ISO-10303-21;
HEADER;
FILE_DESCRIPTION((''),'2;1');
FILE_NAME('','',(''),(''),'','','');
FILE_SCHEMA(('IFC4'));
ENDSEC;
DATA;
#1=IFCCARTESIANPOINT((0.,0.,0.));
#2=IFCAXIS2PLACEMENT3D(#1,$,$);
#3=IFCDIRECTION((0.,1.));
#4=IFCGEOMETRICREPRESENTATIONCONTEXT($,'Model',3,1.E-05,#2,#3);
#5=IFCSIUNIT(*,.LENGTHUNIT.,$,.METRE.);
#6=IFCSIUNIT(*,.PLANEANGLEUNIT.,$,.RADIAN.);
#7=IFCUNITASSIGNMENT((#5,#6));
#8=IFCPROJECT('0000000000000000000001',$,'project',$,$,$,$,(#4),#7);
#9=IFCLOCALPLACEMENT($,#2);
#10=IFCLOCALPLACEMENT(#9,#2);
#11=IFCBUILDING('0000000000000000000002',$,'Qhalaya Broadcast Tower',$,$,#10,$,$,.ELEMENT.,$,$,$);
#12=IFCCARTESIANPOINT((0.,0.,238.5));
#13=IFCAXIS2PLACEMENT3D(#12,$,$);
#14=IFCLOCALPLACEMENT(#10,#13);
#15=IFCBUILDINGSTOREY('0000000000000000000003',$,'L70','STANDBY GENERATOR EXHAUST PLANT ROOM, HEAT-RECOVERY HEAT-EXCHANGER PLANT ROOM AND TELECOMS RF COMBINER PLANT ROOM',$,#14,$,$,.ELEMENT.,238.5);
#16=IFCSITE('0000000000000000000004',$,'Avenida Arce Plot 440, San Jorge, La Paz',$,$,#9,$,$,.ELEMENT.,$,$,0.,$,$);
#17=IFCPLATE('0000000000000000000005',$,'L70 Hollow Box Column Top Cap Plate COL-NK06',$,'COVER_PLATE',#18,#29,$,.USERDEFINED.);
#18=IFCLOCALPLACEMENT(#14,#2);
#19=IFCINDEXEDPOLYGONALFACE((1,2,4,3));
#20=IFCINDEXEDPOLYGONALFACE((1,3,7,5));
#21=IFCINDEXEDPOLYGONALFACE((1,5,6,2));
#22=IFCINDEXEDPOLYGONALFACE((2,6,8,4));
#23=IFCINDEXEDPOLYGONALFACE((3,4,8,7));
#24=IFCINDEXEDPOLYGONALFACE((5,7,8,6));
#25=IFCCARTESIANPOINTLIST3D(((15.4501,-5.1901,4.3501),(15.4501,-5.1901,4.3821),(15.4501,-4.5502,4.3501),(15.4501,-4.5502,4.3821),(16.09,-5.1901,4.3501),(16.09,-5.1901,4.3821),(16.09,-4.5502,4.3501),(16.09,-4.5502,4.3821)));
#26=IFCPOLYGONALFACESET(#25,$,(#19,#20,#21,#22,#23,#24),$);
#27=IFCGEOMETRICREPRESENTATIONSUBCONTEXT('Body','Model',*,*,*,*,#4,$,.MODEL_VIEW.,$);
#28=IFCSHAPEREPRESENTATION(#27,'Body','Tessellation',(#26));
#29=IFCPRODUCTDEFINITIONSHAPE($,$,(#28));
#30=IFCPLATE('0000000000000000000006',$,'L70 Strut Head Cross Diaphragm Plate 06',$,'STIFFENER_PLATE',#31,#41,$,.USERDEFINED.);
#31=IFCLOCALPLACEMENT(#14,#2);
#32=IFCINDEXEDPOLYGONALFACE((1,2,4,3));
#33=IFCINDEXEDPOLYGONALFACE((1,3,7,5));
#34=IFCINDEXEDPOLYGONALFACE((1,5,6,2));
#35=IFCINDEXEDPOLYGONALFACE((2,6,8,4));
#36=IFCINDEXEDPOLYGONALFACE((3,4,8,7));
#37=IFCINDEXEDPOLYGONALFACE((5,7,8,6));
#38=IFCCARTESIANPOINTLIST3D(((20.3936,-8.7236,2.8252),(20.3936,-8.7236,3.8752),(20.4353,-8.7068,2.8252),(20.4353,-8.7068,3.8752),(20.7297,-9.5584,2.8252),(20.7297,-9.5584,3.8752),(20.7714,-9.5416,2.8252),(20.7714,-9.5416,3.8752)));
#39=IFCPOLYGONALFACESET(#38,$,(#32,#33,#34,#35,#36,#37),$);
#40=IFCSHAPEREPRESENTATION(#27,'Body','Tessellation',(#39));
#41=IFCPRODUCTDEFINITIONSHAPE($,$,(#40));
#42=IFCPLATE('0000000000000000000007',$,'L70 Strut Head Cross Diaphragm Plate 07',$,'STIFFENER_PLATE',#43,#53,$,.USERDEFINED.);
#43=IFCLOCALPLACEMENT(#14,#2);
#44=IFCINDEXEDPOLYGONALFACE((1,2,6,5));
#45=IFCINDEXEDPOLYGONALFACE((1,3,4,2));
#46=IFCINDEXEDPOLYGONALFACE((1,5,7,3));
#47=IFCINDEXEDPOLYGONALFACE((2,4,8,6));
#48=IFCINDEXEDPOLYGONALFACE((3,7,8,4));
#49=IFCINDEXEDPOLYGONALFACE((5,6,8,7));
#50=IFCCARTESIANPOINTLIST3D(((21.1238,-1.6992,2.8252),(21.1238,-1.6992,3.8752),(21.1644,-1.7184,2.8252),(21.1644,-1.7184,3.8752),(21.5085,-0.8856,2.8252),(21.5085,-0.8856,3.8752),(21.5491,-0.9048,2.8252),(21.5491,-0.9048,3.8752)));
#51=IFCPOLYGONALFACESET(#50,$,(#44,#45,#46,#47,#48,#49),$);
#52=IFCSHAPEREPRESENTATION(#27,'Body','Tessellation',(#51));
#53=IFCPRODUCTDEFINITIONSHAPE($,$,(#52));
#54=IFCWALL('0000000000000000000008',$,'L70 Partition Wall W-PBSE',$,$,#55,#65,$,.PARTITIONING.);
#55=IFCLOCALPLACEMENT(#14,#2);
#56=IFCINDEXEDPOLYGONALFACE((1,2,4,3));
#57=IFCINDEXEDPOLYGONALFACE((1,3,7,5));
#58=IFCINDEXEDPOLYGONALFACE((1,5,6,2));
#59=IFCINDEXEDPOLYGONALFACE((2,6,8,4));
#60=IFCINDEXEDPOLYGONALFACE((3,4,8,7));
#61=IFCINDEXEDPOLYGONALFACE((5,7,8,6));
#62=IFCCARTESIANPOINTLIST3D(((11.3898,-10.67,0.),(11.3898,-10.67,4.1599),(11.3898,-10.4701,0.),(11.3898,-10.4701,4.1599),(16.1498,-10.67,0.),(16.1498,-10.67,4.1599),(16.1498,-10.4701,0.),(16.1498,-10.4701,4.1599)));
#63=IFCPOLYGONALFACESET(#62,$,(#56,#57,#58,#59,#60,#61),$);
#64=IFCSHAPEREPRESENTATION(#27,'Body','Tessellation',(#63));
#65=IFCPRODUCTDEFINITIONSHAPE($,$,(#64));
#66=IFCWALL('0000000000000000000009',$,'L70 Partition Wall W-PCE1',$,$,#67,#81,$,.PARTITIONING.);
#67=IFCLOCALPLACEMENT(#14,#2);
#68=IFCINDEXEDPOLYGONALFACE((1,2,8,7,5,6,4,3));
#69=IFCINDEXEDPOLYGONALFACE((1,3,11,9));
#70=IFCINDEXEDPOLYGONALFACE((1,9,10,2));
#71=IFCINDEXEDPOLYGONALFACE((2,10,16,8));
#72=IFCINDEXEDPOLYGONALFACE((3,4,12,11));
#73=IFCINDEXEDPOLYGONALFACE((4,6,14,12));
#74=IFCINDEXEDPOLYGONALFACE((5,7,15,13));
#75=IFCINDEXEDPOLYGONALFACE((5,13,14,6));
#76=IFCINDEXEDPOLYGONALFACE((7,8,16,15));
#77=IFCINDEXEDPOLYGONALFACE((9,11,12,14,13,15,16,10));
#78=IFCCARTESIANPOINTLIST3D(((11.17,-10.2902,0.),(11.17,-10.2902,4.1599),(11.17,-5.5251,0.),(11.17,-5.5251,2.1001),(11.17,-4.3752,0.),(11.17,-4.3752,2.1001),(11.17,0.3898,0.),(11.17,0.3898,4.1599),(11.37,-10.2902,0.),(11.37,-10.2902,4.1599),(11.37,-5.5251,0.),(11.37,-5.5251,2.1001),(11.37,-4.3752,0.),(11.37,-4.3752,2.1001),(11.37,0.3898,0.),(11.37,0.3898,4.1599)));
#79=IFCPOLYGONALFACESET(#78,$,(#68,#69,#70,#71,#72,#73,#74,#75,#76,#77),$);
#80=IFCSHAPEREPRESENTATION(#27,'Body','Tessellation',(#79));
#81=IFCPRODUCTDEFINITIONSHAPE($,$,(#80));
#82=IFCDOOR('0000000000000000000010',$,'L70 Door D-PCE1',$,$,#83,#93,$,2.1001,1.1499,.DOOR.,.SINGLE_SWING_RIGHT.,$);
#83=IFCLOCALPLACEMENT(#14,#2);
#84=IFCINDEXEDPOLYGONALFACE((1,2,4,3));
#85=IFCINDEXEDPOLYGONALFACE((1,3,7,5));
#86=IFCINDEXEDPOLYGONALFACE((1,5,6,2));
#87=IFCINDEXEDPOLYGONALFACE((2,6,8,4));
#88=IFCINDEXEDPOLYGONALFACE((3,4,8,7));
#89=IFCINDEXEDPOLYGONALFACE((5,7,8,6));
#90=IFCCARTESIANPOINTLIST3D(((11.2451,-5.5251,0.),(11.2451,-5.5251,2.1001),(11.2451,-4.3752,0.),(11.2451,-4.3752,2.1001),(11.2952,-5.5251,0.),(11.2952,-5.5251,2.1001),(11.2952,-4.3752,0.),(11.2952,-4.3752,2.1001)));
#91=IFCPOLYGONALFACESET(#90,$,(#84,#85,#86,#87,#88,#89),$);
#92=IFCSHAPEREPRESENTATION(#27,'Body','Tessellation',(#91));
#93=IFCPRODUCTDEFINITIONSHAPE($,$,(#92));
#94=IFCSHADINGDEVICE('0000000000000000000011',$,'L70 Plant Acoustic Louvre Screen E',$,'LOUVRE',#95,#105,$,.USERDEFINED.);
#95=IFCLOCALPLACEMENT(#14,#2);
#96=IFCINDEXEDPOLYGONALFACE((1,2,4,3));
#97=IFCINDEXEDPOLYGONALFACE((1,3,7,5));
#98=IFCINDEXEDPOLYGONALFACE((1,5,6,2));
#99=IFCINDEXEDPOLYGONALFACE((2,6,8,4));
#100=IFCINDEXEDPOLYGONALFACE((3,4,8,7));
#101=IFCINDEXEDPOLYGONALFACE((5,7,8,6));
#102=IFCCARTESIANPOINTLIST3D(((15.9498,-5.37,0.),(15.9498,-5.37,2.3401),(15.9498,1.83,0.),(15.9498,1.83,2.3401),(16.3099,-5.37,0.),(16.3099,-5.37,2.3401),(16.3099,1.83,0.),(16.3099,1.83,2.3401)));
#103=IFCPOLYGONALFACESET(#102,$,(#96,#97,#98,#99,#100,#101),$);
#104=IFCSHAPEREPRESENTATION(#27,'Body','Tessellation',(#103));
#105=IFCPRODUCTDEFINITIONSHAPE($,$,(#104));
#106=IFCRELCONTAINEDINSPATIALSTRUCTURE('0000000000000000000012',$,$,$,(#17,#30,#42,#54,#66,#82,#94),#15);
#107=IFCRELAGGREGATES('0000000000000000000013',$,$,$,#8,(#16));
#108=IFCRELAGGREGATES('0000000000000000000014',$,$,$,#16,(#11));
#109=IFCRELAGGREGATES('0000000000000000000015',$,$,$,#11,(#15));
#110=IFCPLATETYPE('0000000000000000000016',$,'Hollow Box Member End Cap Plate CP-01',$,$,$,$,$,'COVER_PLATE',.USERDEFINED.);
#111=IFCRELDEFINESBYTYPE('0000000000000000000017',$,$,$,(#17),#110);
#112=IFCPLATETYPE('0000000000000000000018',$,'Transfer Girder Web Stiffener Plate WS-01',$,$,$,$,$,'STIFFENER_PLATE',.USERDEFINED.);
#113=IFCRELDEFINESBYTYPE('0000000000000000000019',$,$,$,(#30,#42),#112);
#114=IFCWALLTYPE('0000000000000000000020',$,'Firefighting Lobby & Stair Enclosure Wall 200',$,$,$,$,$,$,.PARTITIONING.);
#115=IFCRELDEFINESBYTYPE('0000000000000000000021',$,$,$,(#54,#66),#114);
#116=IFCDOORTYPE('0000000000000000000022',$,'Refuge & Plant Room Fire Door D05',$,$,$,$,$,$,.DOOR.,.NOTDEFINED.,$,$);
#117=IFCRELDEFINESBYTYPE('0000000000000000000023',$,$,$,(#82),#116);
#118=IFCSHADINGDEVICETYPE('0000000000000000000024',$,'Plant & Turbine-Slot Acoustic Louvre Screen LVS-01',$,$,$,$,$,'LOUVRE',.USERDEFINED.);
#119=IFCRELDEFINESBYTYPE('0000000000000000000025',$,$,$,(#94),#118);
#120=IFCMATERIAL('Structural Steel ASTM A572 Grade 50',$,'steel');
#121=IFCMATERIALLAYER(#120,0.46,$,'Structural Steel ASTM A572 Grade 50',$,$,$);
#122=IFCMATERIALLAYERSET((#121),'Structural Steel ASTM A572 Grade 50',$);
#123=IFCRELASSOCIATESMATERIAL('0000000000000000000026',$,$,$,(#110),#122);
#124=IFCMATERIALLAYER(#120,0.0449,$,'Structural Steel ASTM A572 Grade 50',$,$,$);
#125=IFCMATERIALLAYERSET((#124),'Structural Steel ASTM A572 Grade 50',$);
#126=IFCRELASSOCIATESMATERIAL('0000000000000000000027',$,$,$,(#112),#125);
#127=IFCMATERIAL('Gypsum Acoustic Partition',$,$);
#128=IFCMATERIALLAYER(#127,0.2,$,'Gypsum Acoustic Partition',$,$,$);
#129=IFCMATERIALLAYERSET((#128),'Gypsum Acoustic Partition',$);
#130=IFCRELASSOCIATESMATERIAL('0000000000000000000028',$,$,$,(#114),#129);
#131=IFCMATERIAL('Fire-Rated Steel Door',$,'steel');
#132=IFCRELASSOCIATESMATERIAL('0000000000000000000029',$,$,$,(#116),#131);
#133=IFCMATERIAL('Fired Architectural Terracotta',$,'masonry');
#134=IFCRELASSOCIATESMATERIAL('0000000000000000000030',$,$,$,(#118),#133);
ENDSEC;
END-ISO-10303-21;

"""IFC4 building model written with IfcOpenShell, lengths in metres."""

from ifc_helpers import new_model, si_unit, direction, frame, frame_2d, origin, origin_2d, place, context, subcontext, project, spatial, rectangle, extrude, material, layer, layer_set, type_object, element, fill, save


model = new_model("IFC4")

# Units and contexts
model_context = context("Model", 3, precision=1e-05, world=origin(), true_north=direction((0.0, 1.0)))
body_context = subcontext(model_context, "Body", "Model", "MODEL_VIEW")
ifc_project = project(units=[si_unit("LENGTHUNIT", "METRE"), si_unit("PLANEANGLEUNIT", "RADIAN")], contexts=[model_context])

# Site, building, storey
site_placement = place(None, origin())
site = spatial("IfcSite", under=ifc_project, at=site_placement, Name="Avenida Arce Plot 440, San Jorge, La Paz", CompositionType="ELEMENT", RefElevation=0.0)
building_placement = place(site_placement, origin())
building = spatial("IfcBuilding", under=site, at=building_placement, Name="Qhalaya Broadcast Tower", CompositionType="ELEMENT")
storey_placement = place(building_placement, frame((0.0, 0.0, 238.5)))
storey = spatial("IfcBuildingStorey", under=building, at=storey_placement, Name="L70", Description="STANDBY GENERATOR EXHAUST PLANT ROOM, HEAT-RECOVERY HEAT-EXCHANGER PLANT ROOM AND TELECOMS RF COMBINER PLANT ROOM", CompositionType="ELEMENT", Elevation=238.5)

# Shared definitions
ifc_material_1 = material(Name="Structural Steel ASTM A572 Grade 50", Category="steel")

# Plates
ifc_layer_1 = layer(ifc_material_1, 0.46, Name="Structural Steel ASTM A572 Grade 50")
ifc_layer_set_1 = layer_set([ifc_layer_1], Name="Structural Steel ASTM A572 Grade 50")
plate_type_1 = type_object("IfcPlateType", Name="Hollow Box Member End Cap Plate CP-01", ElementType="COVER_PLATE", PredefinedType="USERDEFINED", material=ifc_layer_set_1)
plate_placement = place(storey_placement, frame((15.77, -4.8701, 4.3501), z_axis=(0.0, 0.0, 1.0), x_axis=(0.0, 1.0, 0.0)))
element("IfcPlate", 1, at=plate_placement, inside=storey, type_object=plate_type_1, Name="L70 Hollow Box Column Top Cap Plate COL-NK06", ObjectType="COVER_PLATE", PredefinedType="USERDEFINED", context=body_context, shape_type="SweptSolid", body=[
    extrude(rectangle(XDim=0.6399, YDim=0.6399, at=origin_2d()), origin(), (0.0, 0.0, 1.0), 0.032),
])
ifc_layer_2 = layer(ifc_material_1, 0.0449, Name="Structural Steel ASTM A572 Grade 50")
ifc_layer_set_2 = layer_set([ifc_layer_2], Name="Structural Steel ASTM A572 Grade 50")
plate_type_2 = type_object("IfcPlateType", Name="Transfer Girder Web Stiffener Plate WS-01", ElementType="STIFFENER_PLATE", PredefinedType="USERDEFINED", material=ifc_layer_set_2)
for number, where, z_axis, x_axis, name in (
    (2, (20.5825, -9.1326, 2.8252), (0.0, 0.0, 1.0), (-0.373474, 0.927641, 0.0), "L70 Strut Head Cross Diaphragm Plate 06"),
    (3, (21.3364, -1.302, 2.8252), (0.0, 0.0, 1.0), (0.427468, 0.90403, 0.0), "L70 Strut Head Cross Diaphragm Plate 07"),
):
    element("IfcPlate", number, at=place(storey_placement, frame(where, z_axis=z_axis, x_axis=x_axis)), inside=storey, type_object=plate_type_2, Name=name, ObjectType="STIFFENER_PLATE", PredefinedType="USERDEFINED", context=body_context, shape_type="SweptSolid", body=[
        extrude(rectangle(XDim=0.8999, YDim=0.0449, at=origin_2d()), origin(), (0.0, 0.0, 1.0), 1.05),
    ])

# Wall
ifc_material_2 = material(Name="Gypsum Acoustic Partition")
ifc_layer_3 = layer(ifc_material_2, 0.2, Name="Gypsum Acoustic Partition")
ifc_layer_set_3 = layer_set([ifc_layer_3], Name="Gypsum Acoustic Partition")
wall_type = type_object("IfcWallType", Name="Firefighting Lobby & Stair Enclosure Wall 200", PredefinedType="PARTITIONING", material=ifc_layer_set_3)
wall_1_placement = place(storey_placement, frame((11.3899, -10.5701, 0.0), z_axis=(0.0, 0.0, 1.0), x_axis=(1.0, 0.0, 0.0)))
element("IfcWall", 4, at=wall_1_placement, inside=storey, type_object=wall_type, Name="L70 Partition Wall W-PBSE", PredefinedType="PARTITIONING", context=body_context, shape_type="SweptSolid", body=[
    extrude(rectangle(XDim=4.76, YDim=0.2, at=frame_2d((2.3799, 0.0))), origin(), (0.0, 0.0, 1.0), 4.1599),
])

# Wall, opening, door
wall_2_placement = place(storey_placement, frame((11.27, -10.29, 0.0), z_axis=(0.0, 0.0, 1.0), x_axis=(0.0, 1.0, 0.0)))
wall_2 = element("IfcWall", 5, at=wall_2_placement, inside=storey, type_object=wall_type, Name="L70 Partition Wall W-PCE1", PredefinedType="PARTITIONING", context=body_context, shape_type="SweptSolid", body=[
    extrude(rectangle(XDim=10.6799, YDim=0.2, at=frame_2d((5.3398, 0.0))), origin(), (0.0, 0.0, 1.0), 4.1599),
])
opening_placement = place(wall_2_placement, frame((4.7649, 0.0, 0.0)))
opening = element("IfcOpeningElement", 6, at=opening_placement, cuts=wall_2, PredefinedType="OPENING", context=body_context, shape_type="SweptSolid", body=[
    extrude(rectangle(XDim=1.1499, YDim=2.1001, at=frame_2d((0.575, 1.05))), frame((0.0, 0.1121, 0.0), z_axis=(0.0, -1.0, 0.0), x_axis=(1.0, 0.0, 0.0)), (0.0, 0.0, 1.0), 0.2239),
])
ifc_material_3 = material(Name="Fire-Rated Steel Door", Category="steel")
door_type = type_object("IfcDoorType", Name="Refuge & Plant Room Fire Door D05", OperationType="NOTDEFINED", PredefinedType="DOOR", material=ifc_material_3)
door_placement = place(opening_placement, origin())
door = element("IfcDoor", 7, at=door_placement, inside=storey, type_object=door_type, Name="L70 Door D-PCE1", OperationType="SINGLE_SWING_RIGHT", OverallHeight=2.1001, OverallWidth=1.1499, PredefinedType="DOOR", context=body_context, shape_type="SweptSolid", body=[
    extrude(rectangle(XDim=1.1499, YDim=2.1001, at=frame_2d((0.575, 1.05))), frame((0.0, 0.0249, 0.0), z_axis=(0.0, -1.0, 0.0), x_axis=(1.0, 0.0, 0.0)), (0.0, 0.0, 1.0), 0.05),
])
fill(opening, door)

# Shading device
ifc_material_4 = material(Name="Fired Architectural Terracotta", Category="masonry")
shading_device_type = type_object("IfcShadingDeviceType", Name="Plant & Turbine-Slot Acoustic Louvre Screen LVS-01", ElementType="LOUVRE", PredefinedType="USERDEFINED", material=ifc_material_4)
shading_device_placement = place(storey_placement, frame((16.1299, -1.77, 0.0), z_axis=(0.0, 0.0, 1.0), x_axis=(0.0, -1.0, 0.0)))
element("IfcShadingDevice", 8, at=shading_device_placement, inside=storey, type_object=shading_device_type, Name="L70 Plant Acoustic Louvre Screen E", ObjectType="LOUVRE", PredefinedType="USERDEFINED", context=body_context, shape_type="SweptSolid", body=[
    extrude(rectangle(XDim=7.2, YDim=0.3601, at=origin_2d()), origin(), (0.0, 0.0, 1.0), 2.3401),
])

save(model, "model.ifc")
